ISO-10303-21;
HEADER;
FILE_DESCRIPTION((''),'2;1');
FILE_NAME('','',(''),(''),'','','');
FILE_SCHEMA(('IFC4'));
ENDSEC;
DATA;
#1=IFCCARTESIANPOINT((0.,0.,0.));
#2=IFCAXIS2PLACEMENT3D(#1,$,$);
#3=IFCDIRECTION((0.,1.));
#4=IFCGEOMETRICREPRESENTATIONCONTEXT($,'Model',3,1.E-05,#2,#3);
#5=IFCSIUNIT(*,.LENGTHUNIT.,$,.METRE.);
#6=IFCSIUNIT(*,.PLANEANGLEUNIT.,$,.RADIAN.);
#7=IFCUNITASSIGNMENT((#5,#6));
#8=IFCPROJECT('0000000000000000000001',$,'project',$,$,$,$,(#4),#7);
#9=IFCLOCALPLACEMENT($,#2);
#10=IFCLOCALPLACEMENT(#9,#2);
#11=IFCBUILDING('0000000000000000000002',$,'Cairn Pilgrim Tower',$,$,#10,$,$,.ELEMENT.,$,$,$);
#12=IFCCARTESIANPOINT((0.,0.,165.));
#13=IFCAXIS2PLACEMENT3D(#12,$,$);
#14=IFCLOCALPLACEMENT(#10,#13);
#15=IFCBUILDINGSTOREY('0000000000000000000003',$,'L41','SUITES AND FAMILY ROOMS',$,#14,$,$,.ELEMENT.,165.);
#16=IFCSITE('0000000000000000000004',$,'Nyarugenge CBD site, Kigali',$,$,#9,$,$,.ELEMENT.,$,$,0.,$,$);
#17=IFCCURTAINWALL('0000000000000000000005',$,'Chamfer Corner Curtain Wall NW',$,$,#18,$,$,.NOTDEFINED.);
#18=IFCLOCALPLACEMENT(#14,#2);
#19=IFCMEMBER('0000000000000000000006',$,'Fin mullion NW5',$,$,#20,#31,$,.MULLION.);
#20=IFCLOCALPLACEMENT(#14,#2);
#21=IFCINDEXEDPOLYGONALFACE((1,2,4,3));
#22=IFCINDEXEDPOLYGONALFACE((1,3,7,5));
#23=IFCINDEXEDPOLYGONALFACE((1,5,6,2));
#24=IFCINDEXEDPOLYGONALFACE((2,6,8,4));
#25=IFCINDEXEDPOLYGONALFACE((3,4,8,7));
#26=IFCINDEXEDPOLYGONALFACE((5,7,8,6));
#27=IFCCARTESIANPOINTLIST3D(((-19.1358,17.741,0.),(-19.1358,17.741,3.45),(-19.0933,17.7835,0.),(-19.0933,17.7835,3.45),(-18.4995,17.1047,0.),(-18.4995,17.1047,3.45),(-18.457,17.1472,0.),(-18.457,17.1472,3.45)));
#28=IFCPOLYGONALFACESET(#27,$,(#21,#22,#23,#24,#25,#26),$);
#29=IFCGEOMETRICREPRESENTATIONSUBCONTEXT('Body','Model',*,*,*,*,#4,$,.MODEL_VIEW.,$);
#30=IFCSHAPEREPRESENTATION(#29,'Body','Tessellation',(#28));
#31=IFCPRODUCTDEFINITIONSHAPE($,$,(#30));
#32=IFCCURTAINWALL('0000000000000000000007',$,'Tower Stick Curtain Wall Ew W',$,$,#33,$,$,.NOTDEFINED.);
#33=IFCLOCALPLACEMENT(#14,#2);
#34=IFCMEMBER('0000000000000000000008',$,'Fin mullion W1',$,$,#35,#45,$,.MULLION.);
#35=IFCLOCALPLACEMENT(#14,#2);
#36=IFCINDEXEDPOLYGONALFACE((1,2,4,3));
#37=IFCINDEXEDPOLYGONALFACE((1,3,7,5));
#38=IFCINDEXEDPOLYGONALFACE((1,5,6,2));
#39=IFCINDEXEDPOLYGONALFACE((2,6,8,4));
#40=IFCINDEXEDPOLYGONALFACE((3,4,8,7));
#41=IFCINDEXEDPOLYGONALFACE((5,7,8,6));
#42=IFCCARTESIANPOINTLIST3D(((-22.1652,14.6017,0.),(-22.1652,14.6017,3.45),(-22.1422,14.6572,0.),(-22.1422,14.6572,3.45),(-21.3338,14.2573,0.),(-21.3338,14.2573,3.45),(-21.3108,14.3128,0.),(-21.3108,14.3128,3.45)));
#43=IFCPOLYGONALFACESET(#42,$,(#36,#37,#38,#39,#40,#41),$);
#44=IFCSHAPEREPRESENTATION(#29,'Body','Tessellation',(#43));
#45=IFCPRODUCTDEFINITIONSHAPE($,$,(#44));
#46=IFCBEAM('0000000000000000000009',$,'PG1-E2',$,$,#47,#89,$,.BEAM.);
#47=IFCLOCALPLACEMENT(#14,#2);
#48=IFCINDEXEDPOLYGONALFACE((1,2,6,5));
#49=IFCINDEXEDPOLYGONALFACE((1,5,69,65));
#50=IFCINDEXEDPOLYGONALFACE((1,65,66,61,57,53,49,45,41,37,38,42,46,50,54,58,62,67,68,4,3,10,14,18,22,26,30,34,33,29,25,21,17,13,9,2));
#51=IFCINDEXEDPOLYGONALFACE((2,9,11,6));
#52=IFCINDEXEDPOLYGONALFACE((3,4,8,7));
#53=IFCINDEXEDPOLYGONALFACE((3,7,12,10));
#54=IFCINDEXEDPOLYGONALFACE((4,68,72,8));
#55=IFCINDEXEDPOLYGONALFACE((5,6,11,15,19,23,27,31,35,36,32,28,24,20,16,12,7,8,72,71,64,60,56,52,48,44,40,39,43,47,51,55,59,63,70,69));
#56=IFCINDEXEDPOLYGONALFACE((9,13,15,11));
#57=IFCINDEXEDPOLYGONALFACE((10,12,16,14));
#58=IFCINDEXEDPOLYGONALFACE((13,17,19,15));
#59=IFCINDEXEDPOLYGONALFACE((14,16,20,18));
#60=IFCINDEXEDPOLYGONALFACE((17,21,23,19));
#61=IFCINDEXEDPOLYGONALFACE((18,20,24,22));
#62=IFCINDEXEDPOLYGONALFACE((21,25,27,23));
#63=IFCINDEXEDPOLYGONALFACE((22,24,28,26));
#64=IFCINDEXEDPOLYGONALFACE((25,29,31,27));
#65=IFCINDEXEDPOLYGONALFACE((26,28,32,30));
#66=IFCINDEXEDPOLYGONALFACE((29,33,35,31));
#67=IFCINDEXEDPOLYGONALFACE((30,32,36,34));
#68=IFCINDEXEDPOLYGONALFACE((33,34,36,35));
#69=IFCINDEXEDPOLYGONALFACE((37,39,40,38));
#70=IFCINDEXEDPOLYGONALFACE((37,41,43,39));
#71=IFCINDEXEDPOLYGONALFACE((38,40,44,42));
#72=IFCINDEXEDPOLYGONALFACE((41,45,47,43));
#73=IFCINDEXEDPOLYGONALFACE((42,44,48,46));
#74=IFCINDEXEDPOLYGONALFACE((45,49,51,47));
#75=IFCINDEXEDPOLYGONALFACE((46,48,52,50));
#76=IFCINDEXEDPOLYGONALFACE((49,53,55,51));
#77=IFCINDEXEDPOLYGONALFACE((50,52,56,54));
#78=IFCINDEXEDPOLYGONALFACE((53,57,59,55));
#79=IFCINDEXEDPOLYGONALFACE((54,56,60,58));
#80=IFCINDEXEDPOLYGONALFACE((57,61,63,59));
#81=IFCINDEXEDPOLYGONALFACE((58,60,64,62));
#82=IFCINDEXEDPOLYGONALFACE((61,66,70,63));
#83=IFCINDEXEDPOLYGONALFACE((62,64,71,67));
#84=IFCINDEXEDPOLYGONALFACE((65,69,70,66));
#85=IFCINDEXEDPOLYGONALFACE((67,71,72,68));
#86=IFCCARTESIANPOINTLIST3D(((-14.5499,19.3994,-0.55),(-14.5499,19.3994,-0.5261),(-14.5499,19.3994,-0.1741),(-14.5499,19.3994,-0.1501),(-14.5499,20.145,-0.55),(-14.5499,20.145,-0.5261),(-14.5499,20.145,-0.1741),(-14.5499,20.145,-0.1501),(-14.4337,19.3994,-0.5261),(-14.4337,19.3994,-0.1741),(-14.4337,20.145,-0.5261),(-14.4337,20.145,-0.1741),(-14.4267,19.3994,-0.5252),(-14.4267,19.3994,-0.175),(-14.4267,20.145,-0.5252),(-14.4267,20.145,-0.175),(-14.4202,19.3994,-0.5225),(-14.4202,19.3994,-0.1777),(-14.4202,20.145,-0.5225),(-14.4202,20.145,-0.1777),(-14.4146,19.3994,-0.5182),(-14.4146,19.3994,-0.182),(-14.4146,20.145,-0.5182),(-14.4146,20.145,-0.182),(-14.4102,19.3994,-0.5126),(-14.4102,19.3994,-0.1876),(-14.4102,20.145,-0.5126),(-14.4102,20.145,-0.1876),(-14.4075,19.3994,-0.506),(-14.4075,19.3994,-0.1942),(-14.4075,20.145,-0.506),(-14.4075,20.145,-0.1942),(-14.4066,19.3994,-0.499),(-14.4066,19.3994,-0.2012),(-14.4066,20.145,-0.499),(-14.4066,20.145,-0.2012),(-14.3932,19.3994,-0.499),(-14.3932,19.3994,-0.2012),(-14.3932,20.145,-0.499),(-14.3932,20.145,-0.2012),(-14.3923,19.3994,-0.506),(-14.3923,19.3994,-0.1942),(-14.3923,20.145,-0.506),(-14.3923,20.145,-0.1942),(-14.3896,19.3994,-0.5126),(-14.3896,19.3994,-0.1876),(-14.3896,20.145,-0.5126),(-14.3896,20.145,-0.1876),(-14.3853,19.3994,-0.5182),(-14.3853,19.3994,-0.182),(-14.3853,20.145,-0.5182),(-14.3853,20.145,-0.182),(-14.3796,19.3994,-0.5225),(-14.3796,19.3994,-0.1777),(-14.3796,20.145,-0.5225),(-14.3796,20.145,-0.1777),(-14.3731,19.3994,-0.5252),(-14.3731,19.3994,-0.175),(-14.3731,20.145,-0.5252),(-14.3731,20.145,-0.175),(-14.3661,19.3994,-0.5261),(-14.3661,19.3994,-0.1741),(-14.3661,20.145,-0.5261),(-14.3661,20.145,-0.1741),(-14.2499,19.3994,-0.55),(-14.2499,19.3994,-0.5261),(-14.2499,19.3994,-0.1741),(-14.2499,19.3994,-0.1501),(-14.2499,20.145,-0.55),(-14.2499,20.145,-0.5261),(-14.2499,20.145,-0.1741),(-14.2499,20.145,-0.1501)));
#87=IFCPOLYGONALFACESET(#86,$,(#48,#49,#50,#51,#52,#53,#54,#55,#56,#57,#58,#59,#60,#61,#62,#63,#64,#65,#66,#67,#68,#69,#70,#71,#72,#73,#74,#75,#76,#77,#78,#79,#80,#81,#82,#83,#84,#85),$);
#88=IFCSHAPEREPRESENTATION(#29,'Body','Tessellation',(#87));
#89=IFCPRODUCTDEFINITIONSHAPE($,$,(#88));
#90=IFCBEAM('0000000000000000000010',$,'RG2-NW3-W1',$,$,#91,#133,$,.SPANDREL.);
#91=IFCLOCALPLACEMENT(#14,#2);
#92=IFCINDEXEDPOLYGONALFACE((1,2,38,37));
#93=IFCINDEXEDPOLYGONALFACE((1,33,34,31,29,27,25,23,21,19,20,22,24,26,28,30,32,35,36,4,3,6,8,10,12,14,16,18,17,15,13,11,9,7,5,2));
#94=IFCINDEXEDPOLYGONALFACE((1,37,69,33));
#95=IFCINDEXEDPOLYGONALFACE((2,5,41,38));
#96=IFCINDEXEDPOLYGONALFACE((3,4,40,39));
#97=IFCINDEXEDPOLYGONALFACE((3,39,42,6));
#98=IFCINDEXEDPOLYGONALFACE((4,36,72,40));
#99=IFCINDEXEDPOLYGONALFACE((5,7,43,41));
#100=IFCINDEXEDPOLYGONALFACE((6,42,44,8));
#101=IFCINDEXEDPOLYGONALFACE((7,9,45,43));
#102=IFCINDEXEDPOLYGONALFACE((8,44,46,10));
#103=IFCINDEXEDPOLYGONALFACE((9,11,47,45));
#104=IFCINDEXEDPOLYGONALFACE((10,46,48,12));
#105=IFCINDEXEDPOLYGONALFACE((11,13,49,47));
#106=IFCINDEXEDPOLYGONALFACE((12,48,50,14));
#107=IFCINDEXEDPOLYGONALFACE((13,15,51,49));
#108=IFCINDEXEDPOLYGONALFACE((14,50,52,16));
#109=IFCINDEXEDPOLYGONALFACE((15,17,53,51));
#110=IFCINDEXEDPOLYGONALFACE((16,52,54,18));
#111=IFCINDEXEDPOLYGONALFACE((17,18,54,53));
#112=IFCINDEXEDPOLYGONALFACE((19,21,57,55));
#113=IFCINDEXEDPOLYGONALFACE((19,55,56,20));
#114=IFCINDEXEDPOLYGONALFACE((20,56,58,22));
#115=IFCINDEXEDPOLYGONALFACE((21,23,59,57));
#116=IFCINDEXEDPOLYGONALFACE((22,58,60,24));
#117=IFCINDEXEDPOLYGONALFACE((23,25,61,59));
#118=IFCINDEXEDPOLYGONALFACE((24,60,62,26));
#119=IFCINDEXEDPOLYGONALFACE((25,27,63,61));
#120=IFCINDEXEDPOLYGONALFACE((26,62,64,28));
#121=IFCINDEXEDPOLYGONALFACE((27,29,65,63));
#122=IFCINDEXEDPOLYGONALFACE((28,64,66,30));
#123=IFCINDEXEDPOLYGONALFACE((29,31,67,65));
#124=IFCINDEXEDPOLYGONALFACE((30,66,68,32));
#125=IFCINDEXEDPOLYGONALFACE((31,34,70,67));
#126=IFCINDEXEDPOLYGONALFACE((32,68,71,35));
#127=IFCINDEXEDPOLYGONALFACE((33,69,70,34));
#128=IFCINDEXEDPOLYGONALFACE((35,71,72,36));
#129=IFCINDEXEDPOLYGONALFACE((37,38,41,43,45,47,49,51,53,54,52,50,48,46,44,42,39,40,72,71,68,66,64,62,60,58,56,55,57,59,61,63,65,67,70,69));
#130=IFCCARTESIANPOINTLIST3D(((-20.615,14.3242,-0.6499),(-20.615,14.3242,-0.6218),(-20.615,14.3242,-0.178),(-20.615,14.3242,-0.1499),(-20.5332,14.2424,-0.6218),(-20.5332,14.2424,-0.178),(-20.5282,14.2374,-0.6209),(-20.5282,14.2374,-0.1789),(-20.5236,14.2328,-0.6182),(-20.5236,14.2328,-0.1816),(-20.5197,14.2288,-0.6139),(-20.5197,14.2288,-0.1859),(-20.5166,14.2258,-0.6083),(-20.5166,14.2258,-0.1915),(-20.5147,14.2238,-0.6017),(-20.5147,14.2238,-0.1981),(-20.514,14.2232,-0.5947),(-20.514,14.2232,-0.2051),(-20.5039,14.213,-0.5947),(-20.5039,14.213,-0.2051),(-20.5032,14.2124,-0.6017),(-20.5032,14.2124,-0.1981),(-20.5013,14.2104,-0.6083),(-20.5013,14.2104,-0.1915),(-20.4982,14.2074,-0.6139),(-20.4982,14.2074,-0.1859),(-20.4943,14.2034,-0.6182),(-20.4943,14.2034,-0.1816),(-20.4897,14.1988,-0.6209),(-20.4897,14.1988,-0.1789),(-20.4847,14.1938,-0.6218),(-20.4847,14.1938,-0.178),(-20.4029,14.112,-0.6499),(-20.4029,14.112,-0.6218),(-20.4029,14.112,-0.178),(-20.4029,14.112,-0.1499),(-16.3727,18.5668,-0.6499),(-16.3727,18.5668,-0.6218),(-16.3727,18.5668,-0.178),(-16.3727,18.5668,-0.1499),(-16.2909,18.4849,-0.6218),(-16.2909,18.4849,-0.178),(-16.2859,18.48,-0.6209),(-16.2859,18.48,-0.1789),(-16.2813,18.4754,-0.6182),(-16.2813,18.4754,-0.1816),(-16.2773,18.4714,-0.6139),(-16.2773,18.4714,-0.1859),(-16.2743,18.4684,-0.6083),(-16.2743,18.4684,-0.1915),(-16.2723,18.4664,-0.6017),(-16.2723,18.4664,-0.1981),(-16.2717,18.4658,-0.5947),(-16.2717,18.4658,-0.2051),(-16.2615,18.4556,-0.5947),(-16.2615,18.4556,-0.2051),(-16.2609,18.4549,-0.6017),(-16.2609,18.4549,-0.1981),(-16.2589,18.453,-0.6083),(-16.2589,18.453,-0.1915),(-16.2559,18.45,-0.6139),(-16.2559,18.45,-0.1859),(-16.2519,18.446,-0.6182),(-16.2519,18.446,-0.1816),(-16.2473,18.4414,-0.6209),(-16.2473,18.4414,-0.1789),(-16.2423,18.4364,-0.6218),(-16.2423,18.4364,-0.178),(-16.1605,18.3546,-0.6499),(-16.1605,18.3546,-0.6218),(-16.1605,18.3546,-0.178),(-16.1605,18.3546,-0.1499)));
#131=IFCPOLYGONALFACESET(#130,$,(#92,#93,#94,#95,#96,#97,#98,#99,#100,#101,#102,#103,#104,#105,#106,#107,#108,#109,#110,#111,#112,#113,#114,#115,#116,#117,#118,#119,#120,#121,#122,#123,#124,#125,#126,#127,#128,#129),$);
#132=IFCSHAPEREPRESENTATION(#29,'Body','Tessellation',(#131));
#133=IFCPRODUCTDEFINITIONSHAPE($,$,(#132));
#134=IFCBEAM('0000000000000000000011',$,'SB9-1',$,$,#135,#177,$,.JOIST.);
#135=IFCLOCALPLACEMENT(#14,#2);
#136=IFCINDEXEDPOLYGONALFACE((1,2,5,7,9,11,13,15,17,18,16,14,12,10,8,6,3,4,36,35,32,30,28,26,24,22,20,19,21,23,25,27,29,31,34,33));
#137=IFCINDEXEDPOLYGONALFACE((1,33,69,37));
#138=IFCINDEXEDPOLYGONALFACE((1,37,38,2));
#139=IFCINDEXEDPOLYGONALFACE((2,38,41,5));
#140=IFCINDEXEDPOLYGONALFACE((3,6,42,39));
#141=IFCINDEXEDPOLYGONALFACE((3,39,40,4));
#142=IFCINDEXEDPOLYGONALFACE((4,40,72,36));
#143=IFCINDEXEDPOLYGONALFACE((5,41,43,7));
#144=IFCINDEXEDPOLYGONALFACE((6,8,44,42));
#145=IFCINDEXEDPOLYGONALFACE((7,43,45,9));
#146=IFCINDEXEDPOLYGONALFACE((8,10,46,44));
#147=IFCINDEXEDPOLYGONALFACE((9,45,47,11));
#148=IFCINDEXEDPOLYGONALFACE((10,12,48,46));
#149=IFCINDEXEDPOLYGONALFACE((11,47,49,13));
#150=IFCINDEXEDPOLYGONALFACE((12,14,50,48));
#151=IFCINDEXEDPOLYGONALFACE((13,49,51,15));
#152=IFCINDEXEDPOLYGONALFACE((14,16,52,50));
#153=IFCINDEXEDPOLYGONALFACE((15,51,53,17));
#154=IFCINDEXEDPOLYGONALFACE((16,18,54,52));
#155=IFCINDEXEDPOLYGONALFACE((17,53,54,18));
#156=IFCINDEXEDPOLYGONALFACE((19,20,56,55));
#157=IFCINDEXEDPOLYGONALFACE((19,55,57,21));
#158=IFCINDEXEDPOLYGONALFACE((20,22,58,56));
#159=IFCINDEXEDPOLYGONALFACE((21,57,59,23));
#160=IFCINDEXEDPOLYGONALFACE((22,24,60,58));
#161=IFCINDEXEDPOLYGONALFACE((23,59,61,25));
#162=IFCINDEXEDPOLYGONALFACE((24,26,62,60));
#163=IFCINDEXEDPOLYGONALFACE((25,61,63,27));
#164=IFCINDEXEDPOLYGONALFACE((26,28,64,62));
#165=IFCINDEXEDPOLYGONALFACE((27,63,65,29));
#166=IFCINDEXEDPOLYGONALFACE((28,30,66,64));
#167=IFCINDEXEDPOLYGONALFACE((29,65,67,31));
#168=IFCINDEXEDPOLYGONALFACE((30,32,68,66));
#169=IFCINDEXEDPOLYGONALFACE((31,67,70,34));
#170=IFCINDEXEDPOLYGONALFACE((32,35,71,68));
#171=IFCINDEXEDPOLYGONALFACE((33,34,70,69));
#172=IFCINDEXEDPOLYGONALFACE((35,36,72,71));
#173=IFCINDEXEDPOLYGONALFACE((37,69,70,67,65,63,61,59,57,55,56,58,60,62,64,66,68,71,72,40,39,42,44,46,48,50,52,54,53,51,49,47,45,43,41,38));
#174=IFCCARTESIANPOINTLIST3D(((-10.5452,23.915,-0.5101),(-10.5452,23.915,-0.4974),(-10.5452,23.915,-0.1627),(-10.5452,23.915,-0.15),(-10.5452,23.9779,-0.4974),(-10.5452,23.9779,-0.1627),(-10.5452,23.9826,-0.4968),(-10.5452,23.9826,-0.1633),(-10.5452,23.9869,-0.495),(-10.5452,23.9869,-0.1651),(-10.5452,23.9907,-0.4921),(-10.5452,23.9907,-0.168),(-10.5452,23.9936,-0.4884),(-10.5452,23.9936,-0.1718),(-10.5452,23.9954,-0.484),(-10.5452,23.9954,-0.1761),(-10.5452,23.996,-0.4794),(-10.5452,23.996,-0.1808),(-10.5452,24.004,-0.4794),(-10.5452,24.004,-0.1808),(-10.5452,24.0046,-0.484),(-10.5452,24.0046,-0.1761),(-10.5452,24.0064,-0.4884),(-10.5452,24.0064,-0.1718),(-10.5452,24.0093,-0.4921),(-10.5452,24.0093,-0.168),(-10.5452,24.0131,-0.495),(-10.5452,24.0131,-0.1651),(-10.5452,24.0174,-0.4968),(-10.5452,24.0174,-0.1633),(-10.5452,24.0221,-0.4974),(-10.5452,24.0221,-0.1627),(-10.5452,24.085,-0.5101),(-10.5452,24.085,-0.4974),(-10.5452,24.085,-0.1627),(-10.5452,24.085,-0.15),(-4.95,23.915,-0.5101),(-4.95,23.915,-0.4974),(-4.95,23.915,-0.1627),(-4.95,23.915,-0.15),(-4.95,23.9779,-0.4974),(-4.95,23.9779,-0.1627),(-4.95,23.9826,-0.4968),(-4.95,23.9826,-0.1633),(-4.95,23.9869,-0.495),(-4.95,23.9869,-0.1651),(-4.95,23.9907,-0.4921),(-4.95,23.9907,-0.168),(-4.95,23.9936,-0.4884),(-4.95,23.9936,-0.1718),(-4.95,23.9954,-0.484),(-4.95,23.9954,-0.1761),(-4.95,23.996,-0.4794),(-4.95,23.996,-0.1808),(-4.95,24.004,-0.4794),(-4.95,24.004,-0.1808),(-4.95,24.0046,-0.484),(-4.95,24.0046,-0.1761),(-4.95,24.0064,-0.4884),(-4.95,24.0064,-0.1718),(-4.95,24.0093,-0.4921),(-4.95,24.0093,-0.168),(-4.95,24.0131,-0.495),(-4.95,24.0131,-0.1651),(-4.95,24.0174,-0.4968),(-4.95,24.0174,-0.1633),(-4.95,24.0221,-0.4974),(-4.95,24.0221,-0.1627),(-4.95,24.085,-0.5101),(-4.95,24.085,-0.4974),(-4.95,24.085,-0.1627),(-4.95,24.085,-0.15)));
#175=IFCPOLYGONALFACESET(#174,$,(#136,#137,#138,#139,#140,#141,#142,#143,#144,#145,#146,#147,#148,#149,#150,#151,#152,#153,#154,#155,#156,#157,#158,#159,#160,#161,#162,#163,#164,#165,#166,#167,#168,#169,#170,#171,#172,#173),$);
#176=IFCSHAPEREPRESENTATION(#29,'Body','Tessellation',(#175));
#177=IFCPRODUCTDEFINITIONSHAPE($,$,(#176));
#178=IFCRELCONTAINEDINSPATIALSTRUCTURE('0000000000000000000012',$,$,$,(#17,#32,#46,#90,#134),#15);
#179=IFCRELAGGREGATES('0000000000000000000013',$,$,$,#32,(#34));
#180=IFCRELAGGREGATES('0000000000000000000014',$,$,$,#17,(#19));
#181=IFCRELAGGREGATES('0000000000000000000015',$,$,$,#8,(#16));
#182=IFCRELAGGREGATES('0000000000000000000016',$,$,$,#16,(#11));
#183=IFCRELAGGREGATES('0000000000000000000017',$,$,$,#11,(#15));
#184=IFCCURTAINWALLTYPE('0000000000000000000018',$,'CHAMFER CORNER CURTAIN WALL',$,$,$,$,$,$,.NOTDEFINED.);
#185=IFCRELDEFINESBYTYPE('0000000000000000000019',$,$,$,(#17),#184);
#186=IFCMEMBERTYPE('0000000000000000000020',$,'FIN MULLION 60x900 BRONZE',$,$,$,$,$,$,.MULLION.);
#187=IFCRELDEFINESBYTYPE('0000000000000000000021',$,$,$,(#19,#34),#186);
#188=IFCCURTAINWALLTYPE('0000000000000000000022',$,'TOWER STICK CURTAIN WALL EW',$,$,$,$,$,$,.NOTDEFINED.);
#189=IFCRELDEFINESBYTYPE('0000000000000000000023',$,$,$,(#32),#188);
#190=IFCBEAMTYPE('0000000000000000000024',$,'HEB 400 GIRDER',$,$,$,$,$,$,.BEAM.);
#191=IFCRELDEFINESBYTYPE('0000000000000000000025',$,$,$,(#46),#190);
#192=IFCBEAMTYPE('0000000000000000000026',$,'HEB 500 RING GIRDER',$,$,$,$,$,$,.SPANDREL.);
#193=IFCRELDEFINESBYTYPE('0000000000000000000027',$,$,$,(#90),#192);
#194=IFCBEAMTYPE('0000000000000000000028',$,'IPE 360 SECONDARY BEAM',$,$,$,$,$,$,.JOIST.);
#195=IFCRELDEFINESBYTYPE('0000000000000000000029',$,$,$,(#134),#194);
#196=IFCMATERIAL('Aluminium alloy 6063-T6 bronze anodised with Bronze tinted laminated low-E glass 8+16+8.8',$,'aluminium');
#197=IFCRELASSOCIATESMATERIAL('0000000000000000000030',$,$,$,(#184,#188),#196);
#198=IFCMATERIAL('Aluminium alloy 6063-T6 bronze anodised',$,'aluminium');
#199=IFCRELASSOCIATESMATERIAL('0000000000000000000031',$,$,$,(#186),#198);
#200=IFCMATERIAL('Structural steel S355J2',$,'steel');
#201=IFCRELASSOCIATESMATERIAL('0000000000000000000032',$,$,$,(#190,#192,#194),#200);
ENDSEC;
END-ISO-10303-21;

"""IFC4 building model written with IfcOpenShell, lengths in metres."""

from ifc_helpers import new_model, si_unit, direction, frame, origin, origin_2d, place, context, subcontext, project, spatial, rectangle, i_section, extrude, material, material_profile, profile_set, type_object, element, aggregate, save


model = new_model("IFC4")

# Units and contexts
model_context = context("Model", 3, precision=1e-05, world=origin(), true_north=direction((0.0, 1.0)))
body_context = subcontext(model_context, "Body", "Model", "MODEL_VIEW")
ifc_project = project(units=[si_unit("LENGTHUNIT", "METRE"), si_unit("PLANEANGLEUNIT", "RADIAN")], contexts=[model_context])

# Site, building, storey
site_placement = place(None, origin())
site = spatial("IfcSite", under=ifc_project, at=site_placement, Name="Nyarugenge CBD site, Kigali", CompositionType="ELEMENT", RefElevation=0.0)
building_placement = place(site_placement, origin())
building = spatial("IfcBuilding", under=site, at=building_placement, Name="Cairn Pilgrim Tower", CompositionType="ELEMENT")
storey_placement = place(building_placement, frame((0.0, 0.0, 165.0)))
storey = spatial("IfcBuildingStorey", under=building, at=storey_placement, Name="L41", Description="SUITES AND FAMILY ROOMS", CompositionType="ELEMENT", Elevation=165.0)

# Shared definitions
ifc_material_1 = material(Name="Structural steel S355J2", Category="steel")

# Curtain wall, member
ifc_material_2 = material(Name="Aluminium alloy 6063-T6 bronze anodised with Bronze tinted laminated low-E glass 8+16+8.8", Category="aluminium")
curtain_wall_type_1 = type_object("IfcCurtainWallType", Name="CHAMFER CORNER CURTAIN WALL", PredefinedType="NOTDEFINED", material=ifc_material_2)
curtain_wall_1_placement = place(storey_placement, origin())
curtain_wall_1 = element("IfcCurtainWall", 1, at=curtain_wall_1_placement, inside=storey, type_object=curtain_wall_type_1, Name="Chamfer Corner Curtain Wall NW", PredefinedType="NOTDEFINED")
ifc_material_3 = material(Name="Aluminium alloy 6063-T6 bronze anodised", Category="aluminium")
ifc_material_profile_1 = material_profile(ifc_material_3, rectangle(XDim=0.8999, YDim=0.0601, at=origin_2d()), Name="FIN MULLION 60x900 BRONZE")
ifc_profile_set_1 = profile_set([ifc_material_profile_1], Name="Aluminium alloy 6063-T6 bronze anodised")
member_type_1 = type_object("IfcMemberType", Name="FIN MULLION 60x900 BRONZE", PredefinedType="MULLION", material=ifc_profile_set_1)
member_1_placement = place(storey_placement, frame((-18.7964, 17.4441, 0.0), z_axis=(0.0, 0.0, 1.0), x_axis=(-0.707107, 0.707107, 0.0)))
member_1 = element("IfcMember", 2, at=member_1_placement, type_object=member_type_1, Name="Fin mullion NW5", PredefinedType="MULLION", context=body_context, shape_type="SweptSolid", body=[
    extrude(rectangle(XDim=0.8999, YDim=0.0601, at=origin_2d()), origin(), (0.0, 0.0, 1.0), 3.45),
])

# Curtain wall, member
curtain_wall_type_2 = type_object("IfcCurtainWallType", Name="TOWER STICK CURTAIN WALL EW", PredefinedType="NOTDEFINED", material=ifc_material_2)
curtain_wall_2_placement = place(storey_placement, origin())
curtain_wall_2 = element("IfcCurtainWall", 3, at=curtain_wall_2_placement, inside=storey, type_object=curtain_wall_type_2, Name="Tower Stick Curtain Wall Ew W", PredefinedType="NOTDEFINED")
member_2_placement = place(storey_placement, frame((-21.738, 14.4573, 0.0), z_axis=(0.0, 0.0, 1.0), x_axis=(-0.92388, 0.382683, 0.0)))
member_2 = element("IfcMember", 4, at=member_2_placement, type_object=member_type_1, Name="Fin mullion W1", PredefinedType="MULLION", context=body_context, shape_type="SweptSolid", body=[
    extrude(rectangle(XDim=0.8999, YDim=0.0601, at=origin_2d()), origin(), (0.0, 0.0, 1.0), 3.45),
])
aggregate(curtain_wall_2, [member_2])

# Beams
ifc_material_profile_2 = material_profile(ifc_material_1, i_section(OverallWidth=0.3, OverallDepth=0.3999, WebThickness=0.0134, FlangeThickness=0.0239, FilletRadius=0.0271, at=origin_2d()), Name="HEB 400")
ifc_profile_set_2 = profile_set([ifc_material_profile_2], Name="Structural steel S355J2")
beam_type_1 = type_object("IfcBeamType", Name="HEB 400 GIRDER", PredefinedType="BEAM", material=ifc_profile_set_2)
beam_1_placement = place(storey_placement, frame((-14.3999, 19.3994, -0.3501), z_axis=(0.0, 1.0, 0.0), x_axis=(-1.0, 0.0, 0.0)))
element("IfcBeam", 5, at=beam_1_placement, inside=storey, type_object=beam_type_1, Name="PG1-E2", PredefinedType="BEAM", context=body_context, shape_type="SweptSolid", body=[
    extrude(i_section(OverallWidth=0.3, OverallDepth=0.3999, WebThickness=0.0134, FlangeThickness=0.0239, FilletRadius=0.0271, at=origin_2d()), origin(), (0.0, 0.0, 1.0), 0.7456),
])
ifc_material_profile_3 = material_profile(ifc_material_1, i_section(OverallWidth=0.3, OverallDepth=0.5, WebThickness=0.0144, FlangeThickness=0.0281, FilletRadius=0.0271, at=origin_2d()), Name="HEB 500")
ifc_profile_set_3 = profile_set([ifc_material_profile_3], Name="Structural steel S355J2")
beam_type_2 = type_object("IfcBeamType", Name="HEB 500 RING GIRDER", PredefinedType="SPANDREL", material=ifc_profile_set_3)
beam_2_placement = place(storey_placement, frame((-16.2666, 18.4607, -0.3999), z_axis=(-0.707086, -0.707127, 0.0), x_axis=(0.707127, -0.707086, 0.0)))
element("IfcBeam", 6, at=beam_2_placement, inside=storey, type_object=beam_type_2, Name="RG2-NW3-W1", PredefinedType="SPANDREL", context=body_context, shape_type="SweptSolid", body=[
    extrude(i_section(OverallWidth=0.3, OverallDepth=0.5, WebThickness=0.0144, FlangeThickness=0.0281, FilletRadius=0.0271, at=origin_2d()), origin(), (0.0, 0.0, 1.0), 5.9998),
])
ifc_material_profile_4 = material_profile(ifc_material_1, i_section(OverallWidth=0.1699, OverallDepth=0.3601, WebThickness=0.0081, FlangeThickness=0.0127, FilletRadius=0.0181, at=origin_2d()), Name="IPE 360")
ifc_profile_set_4 = profile_set([ifc_material_profile_4], Name="Structural steel S355J2")
beam_type_3 = type_object("IfcBeamType", Name="IPE 360 SECONDARY BEAM", PredefinedType="JOIST", material=ifc_profile_set_4)
beam_3_placement = place(storey_placement, frame((-10.5452, 24.0, -0.3301), z_axis=(1.0, 0.0, 0.0), x_axis=(0.0, 1.0, 0.0)))
element("IfcBeam", 7, at=beam_3_placement, inside=storey, type_object=beam_type_3, Name="SB9-1", PredefinedType="JOIST", context=body_context, shape_type="SweptSolid", body=[
    extrude(i_section(OverallWidth=0.1699, OverallDepth=0.3601, WebThickness=0.0081, FlangeThickness=0.0127, FilletRadius=0.0181, at=origin_2d()), origin(), (0.0, 0.0, 1.0), 5.5952),
])

aggregate(curtain_wall_1, [member_1])

save(model, "model.ifc")
